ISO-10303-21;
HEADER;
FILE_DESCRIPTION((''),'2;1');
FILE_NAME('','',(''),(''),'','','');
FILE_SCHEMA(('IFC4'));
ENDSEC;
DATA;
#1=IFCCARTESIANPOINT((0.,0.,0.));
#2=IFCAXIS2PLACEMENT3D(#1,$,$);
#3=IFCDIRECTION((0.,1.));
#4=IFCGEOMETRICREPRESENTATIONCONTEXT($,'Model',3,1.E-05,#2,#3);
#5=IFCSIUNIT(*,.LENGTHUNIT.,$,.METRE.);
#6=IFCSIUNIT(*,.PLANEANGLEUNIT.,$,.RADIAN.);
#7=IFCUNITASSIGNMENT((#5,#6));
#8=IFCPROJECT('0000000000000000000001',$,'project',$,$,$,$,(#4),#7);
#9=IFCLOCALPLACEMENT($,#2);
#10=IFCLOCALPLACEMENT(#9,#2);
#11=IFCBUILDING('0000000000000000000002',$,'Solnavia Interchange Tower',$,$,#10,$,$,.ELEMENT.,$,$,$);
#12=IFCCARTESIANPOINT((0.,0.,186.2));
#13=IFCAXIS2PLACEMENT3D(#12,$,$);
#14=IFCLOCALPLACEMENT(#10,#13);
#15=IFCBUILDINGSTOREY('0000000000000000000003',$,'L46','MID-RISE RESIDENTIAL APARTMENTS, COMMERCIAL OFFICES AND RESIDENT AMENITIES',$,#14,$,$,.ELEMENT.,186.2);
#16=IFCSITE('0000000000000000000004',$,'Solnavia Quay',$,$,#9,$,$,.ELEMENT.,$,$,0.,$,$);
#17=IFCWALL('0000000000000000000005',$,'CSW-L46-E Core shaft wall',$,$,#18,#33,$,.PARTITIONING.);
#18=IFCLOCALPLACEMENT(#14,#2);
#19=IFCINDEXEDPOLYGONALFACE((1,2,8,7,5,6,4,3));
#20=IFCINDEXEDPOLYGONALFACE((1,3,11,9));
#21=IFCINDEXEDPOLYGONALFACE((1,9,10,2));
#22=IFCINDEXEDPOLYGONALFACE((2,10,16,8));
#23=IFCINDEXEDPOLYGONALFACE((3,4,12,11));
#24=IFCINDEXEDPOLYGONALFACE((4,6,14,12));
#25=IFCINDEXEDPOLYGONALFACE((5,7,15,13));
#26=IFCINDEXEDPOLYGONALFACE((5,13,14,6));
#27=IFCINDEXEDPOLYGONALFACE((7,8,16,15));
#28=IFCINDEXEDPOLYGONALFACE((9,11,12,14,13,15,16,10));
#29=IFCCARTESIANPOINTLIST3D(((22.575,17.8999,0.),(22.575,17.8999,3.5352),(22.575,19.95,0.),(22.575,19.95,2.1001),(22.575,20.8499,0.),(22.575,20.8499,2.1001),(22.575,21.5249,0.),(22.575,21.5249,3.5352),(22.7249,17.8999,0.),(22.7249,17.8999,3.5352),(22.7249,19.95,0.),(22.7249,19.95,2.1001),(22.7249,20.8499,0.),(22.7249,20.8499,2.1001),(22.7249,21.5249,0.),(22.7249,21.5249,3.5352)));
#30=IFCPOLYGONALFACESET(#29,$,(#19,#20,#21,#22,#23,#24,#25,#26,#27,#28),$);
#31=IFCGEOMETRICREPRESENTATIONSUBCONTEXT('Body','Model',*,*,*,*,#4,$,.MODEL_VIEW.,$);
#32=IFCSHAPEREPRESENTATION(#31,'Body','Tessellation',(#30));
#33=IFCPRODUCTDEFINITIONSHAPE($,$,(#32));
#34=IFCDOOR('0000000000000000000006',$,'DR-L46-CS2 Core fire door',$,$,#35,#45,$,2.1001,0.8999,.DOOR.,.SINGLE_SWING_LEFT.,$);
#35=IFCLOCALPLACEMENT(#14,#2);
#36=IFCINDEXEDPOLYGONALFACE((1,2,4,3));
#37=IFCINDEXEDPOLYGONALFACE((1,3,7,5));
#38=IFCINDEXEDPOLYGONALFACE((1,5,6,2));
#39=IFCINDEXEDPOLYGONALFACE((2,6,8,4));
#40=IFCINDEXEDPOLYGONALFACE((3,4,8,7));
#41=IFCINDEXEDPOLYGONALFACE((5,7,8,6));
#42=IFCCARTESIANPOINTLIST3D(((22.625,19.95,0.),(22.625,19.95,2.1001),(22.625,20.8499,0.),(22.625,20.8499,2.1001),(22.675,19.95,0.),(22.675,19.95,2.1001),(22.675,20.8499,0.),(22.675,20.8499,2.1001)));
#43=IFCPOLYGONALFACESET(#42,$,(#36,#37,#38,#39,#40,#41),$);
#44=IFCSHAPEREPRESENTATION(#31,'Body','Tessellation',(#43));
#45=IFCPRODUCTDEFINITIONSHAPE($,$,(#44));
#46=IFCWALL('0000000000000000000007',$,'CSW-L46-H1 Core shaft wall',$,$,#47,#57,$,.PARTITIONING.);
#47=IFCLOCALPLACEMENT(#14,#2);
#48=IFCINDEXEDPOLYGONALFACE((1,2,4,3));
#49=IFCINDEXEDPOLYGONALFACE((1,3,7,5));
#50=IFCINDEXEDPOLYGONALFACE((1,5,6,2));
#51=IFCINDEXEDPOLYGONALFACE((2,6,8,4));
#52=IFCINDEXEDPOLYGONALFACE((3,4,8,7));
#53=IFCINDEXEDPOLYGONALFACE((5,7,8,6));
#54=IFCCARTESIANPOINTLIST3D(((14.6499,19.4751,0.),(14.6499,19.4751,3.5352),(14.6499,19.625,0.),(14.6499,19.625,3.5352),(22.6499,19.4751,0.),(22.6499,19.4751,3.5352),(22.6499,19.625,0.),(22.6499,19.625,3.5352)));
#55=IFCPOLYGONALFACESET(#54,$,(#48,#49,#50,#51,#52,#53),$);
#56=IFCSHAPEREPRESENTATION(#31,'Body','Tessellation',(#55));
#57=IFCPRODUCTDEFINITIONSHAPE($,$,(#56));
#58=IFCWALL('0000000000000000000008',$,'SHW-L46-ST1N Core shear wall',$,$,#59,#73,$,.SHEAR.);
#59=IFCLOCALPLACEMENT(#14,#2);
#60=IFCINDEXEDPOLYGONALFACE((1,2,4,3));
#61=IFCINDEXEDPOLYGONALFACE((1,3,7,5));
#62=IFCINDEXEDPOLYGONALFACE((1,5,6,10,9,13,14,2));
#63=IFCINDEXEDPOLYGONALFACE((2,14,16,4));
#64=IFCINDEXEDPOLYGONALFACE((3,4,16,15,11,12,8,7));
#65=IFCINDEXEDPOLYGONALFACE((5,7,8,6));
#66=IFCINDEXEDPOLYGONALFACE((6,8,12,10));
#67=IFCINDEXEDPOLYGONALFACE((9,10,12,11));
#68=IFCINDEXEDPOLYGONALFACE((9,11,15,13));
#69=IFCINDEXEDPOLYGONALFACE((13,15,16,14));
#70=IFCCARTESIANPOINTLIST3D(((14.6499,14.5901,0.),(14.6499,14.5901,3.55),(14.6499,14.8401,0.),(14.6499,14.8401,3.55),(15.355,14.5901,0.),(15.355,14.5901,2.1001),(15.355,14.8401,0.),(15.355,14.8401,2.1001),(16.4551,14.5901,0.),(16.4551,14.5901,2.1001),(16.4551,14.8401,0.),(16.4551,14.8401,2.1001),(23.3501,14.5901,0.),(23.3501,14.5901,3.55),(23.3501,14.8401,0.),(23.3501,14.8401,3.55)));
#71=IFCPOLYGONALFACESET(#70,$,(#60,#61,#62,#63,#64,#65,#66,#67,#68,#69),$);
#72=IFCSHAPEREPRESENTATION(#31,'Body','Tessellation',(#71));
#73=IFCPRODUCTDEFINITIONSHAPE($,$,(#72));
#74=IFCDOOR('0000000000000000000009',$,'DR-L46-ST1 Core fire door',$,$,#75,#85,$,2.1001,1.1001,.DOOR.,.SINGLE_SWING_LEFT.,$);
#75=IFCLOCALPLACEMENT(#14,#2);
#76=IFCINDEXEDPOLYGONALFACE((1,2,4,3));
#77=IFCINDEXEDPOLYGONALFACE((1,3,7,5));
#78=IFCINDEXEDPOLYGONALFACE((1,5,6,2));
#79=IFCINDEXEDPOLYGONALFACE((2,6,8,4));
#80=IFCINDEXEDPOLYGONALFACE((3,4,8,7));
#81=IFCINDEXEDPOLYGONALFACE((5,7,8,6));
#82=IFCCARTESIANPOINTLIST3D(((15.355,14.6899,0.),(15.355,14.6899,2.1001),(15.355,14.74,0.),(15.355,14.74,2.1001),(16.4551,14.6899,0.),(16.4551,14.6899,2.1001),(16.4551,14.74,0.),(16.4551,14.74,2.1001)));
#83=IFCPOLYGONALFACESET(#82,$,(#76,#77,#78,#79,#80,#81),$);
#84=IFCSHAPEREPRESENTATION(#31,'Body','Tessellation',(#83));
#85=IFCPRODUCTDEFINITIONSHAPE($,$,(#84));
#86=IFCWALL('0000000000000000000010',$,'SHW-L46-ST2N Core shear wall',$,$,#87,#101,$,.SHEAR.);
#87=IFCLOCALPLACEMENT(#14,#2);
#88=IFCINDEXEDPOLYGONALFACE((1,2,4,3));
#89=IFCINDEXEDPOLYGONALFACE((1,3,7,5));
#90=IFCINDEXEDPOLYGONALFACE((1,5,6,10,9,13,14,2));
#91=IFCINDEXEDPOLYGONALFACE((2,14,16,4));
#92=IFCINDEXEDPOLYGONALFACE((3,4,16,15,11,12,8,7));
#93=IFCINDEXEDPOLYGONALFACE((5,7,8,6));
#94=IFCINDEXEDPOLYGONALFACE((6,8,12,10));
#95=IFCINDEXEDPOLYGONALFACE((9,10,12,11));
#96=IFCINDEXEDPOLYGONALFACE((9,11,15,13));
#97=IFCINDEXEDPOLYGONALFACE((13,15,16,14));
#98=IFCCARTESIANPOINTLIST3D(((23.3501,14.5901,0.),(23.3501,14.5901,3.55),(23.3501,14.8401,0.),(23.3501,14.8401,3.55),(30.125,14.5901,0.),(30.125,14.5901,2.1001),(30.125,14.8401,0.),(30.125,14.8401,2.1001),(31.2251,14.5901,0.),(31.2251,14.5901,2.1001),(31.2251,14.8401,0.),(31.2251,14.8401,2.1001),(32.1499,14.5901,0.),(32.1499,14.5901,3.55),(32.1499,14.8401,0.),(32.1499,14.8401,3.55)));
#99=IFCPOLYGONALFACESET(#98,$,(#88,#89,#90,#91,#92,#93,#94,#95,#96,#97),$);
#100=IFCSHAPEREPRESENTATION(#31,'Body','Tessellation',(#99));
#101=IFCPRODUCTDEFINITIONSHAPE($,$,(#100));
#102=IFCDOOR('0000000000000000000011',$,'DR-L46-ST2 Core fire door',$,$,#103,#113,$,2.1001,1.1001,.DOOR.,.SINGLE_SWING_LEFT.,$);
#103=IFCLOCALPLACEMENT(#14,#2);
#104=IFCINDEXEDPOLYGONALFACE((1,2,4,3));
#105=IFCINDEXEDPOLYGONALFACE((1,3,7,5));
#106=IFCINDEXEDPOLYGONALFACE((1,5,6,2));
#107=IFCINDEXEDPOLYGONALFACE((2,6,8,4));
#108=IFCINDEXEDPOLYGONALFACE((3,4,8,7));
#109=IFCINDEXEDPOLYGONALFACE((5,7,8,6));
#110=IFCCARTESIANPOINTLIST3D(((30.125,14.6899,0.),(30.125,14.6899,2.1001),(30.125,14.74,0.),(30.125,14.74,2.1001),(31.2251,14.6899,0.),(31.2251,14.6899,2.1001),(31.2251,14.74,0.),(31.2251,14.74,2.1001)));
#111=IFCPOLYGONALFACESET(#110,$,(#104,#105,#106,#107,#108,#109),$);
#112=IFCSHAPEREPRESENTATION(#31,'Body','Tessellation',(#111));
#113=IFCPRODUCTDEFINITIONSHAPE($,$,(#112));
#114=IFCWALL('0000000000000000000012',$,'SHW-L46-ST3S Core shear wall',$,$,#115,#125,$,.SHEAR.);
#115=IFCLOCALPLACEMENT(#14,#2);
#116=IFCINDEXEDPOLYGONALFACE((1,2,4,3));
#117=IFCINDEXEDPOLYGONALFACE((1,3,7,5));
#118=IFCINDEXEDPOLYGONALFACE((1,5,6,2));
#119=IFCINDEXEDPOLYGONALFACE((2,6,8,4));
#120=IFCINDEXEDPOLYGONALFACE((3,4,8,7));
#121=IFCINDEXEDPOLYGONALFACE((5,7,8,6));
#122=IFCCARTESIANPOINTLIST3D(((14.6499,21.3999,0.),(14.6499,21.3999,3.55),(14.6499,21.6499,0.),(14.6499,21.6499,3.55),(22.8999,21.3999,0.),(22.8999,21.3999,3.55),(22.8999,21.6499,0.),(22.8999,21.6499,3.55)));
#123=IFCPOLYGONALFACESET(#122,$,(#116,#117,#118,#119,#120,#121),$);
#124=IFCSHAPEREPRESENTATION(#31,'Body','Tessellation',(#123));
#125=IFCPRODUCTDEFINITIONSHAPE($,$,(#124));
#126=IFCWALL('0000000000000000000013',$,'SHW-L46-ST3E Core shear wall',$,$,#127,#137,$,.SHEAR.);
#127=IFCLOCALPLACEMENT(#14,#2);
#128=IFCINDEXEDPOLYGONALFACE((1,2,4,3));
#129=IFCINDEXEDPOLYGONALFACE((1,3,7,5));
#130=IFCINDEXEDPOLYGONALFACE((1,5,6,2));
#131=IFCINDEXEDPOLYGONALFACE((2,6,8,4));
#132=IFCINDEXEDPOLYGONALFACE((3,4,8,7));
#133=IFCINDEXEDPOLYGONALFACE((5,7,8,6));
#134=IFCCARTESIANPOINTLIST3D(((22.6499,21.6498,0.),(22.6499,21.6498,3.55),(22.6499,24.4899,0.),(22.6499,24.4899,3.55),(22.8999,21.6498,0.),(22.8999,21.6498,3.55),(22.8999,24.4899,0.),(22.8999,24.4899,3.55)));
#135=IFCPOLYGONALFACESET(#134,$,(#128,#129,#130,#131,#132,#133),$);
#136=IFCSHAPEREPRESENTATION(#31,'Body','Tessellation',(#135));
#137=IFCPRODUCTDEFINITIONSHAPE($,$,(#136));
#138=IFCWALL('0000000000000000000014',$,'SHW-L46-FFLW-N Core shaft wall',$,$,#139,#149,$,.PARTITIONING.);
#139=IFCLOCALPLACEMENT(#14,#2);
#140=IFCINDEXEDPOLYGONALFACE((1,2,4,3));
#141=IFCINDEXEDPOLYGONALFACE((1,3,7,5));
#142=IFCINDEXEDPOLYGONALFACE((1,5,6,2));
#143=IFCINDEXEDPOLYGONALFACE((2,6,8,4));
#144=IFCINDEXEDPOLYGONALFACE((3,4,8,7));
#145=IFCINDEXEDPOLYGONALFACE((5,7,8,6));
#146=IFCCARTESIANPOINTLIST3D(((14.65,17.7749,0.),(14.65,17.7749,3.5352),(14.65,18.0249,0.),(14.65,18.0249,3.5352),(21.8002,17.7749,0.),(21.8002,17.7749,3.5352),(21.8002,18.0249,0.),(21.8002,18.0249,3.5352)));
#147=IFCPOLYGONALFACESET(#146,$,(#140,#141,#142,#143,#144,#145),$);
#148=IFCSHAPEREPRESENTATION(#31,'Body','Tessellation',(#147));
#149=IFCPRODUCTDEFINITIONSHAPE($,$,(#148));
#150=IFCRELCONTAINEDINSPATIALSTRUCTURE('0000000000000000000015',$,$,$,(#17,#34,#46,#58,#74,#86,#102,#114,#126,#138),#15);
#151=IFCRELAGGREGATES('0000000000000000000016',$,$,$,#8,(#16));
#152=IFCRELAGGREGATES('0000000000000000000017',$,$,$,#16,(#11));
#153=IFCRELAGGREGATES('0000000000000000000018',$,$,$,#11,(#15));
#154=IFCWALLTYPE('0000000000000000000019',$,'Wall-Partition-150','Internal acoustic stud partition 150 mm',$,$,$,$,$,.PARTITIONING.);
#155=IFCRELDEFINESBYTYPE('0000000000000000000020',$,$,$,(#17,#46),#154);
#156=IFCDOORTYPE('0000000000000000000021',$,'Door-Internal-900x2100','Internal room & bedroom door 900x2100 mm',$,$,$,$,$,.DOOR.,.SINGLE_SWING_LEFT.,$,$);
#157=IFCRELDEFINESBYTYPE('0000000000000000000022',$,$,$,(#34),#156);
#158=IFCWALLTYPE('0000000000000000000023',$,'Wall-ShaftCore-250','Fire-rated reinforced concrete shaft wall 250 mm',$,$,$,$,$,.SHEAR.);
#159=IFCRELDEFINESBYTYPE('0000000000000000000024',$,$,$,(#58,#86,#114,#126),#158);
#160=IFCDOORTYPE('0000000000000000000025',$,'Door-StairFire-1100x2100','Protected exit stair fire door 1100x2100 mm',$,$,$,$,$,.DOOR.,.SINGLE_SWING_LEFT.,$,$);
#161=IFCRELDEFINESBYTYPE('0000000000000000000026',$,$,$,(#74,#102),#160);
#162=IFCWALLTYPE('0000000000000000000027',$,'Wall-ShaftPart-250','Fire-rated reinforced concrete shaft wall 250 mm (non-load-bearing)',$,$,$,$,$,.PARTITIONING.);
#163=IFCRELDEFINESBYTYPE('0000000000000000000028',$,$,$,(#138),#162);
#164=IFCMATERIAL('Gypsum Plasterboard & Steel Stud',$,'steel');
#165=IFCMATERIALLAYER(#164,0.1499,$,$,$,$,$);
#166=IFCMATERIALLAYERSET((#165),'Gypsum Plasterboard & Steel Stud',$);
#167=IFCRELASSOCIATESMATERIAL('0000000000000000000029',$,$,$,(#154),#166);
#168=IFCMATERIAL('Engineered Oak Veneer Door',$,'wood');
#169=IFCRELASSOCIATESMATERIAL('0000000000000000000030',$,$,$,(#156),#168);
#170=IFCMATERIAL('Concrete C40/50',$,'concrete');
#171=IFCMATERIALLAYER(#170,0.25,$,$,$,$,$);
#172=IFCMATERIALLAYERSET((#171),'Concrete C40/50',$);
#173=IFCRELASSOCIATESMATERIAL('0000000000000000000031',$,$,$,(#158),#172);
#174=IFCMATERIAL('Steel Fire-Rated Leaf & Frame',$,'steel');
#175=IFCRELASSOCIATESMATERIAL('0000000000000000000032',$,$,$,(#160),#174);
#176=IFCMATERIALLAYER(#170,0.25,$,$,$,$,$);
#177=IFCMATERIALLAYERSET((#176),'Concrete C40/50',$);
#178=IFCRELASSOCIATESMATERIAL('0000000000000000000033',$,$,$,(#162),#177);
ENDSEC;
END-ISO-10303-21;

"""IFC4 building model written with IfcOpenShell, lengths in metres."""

from ifc_helpers import new_model, si_unit, direction, frame, frame_2d, origin, place, context, subcontext, project, spatial, rectangle, extrude, material, layer, layer_set, type_object, element, fill, save


model = new_model("IFC4")

# Units and contexts
model_context = context("Model", 3, precision=1e-05, world=origin(), true_north=direction((0.0, 1.0)))
body_context = subcontext(model_context, "Body", "Model", "MODEL_VIEW")
ifc_project = project(units=[si_unit("LENGTHUNIT", "METRE"), si_unit("PLANEANGLEUNIT", "RADIAN")], contexts=[model_context])

# Site, building, storey
site_placement = place(None, origin())
site = spatial("IfcSite", under=ifc_project, at=site_placement, Name="Solnavia Quay", CompositionType="ELEMENT", RefElevation=0.0)
building_placement = place(site_placement, origin())
building = spatial("IfcBuilding", under=site, at=building_placement, Name="Solnavia Interchange Tower", CompositionType="ELEMENT")
storey_placement = place(building_placement, frame((0.0, 0.0, 186.2)))
storey = spatial("IfcBuildingStorey", under=building, at=storey_placement, Name="L46", Description="MID-RISE RESIDENTIAL APARTMENTS, COMMERCIAL OFFICES AND RESIDENT AMENITIES", CompositionType="ELEMENT", Elevation=186.2)

# Wall, opening, door
ifc_material_1 = material(Name="Gypsum Plasterboard & Steel Stud", Category="steel")
ifc_layer_1 = layer(ifc_material_1, 0.1499)
ifc_layer_set_1 = layer_set([ifc_layer_1], Name="Gypsum Plasterboard & Steel Stud")
wall_type_1 = type_object("IfcWallType", Name="Wall-Partition-150", Description="Internal acoustic stud partition 150 mm", PredefinedType="PARTITIONING", material=ifc_layer_set_1)
wall_1_placement = place(storey_placement, frame((22.6499, 17.8999, 0.0), z_axis=(0.0, 0.0, 1.0), x_axis=(0.0, 1.0, 0.0)))
wall_1 = element("IfcWall", 1, at=wall_1_placement, inside=storey, type_object=wall_type_1, Name="CSW-L46-E Core shaft wall", PredefinedType="PARTITIONING", context=body_context, shape_type="SweptSolid", body=[
    extrude(rectangle(XDim=3.625, YDim=0.1499, at=frame_2d((1.8125, 0.0))), origin(), (0.0, 0.0, 1.0), 3.5352),
])
opening_1_placement = place(wall_1_placement, frame((2.05, 0.0, 0.0)))
opening_1 = element("IfcOpeningElement", 2, at=opening_1_placement, cuts=wall_1, PredefinedType="OPENING", context=body_context, shape_type="SweptSolid", body=[
    extrude(rectangle(XDim=0.8999, YDim=2.1001, at=frame_2d((0.45, 1.05))), frame((0.0, 0.085, 0.0), z_axis=(0.0, -1.0, 0.0), x_axis=(1.0, 0.0, 0.0)), (0.0, 0.0, 1.0), 0.1699),
])
ifc_material_2 = material(Name="Engineered Oak Veneer Door", Category="wood")
door_type_1 = type_object("IfcDoorType", Name="Door-Internal-900x2100", Description="Internal room & bedroom door 900x2100 mm", OperationType="SINGLE_SWING_LEFT", PredefinedType="DOOR", material=ifc_material_2)
door_1_placement = place(opening_1_placement, origin())
door_1 = element("IfcDoor", 3, at=door_1_placement, inside=storey, type_object=door_type_1, Name="DR-L46-CS2 Core fire door", OperationType="SINGLE_SWING_LEFT", OverallHeight=2.1001, OverallWidth=0.8999, PredefinedType="DOOR", context=body_context, shape_type="SweptSolid", body=[
    extrude(rectangle(XDim=0.8999, YDim=2.1001, at=frame_2d((0.45, 1.05))), frame((0.0, 0.0249, 0.0), z_axis=(0.0, -1.0, 0.0), x_axis=(1.0, 0.0, 0.0)), (0.0, 0.0, 1.0), 0.05),
])
fill(opening_1, door_1)

# Wall
wall_2_placement = place(storey_placement, frame((14.6499, 19.55, 0.0), z_axis=(0.0, 0.0, 1.0), x_axis=(1.0, 0.0, 0.0)))
element("IfcWall", 4, at=wall_2_placement, inside=storey, type_object=wall_type_1, Name="CSW-L46-H1 Core shaft wall", PredefinedType="PARTITIONING", context=body_context, shape_type="SweptSolid", body=[
    extrude(rectangle(XDim=8.0, YDim=0.1499, at=frame_2d((4.0, 0.0))), origin(), (0.0, 0.0, 1.0), 3.5352),
])

# Walls, openings, doors
ifc_material_3 = material(Name="Concrete C40/50", Category="concrete")
ifc_layer_2 = layer(ifc_material_3, 0.25)
ifc_layer_set_2 = layer_set([ifc_layer_2], Name="Concrete C40/50")
wall_type_2 = type_object("IfcWallType", Name="Wall-ShaftCore-250", Description="Fire-rated reinforced concrete shaft wall 250 mm", PredefinedType="SHEAR", material=ifc_layer_set_2)
wall_3_placement = place(storey_placement, frame((14.6499, 14.7151, 0.0), z_axis=(0.0, 0.0, 1.0), x_axis=(1.0, 0.0, 0.0)))
wall_3 = element("IfcWall", 5, at=wall_3_placement, inside=storey, type_object=wall_type_2, Name="SHW-L46-ST1N Core shear wall", PredefinedType="SHEAR", context=body_context, shape_type="SweptSolid", body=[
    extrude(rectangle(XDim=8.7002, YDim=0.25, at=frame_2d((4.3501, 0.0))), origin(), (0.0, 0.0, 1.0), 3.55),
])
opening_2_placement = place(wall_3_placement, frame((0.7051, 0.0, 0.0)))
opening_2 = element("IfcOpeningElement", 6, at=opening_2_placement, cuts=wall_3, PredefinedType="OPENING", context=body_context, shape_type="SweptSolid", body=[
    extrude(rectangle(XDim=1.1001, YDim=2.1001, at=frame_2d((0.55, 1.05))), frame((0.0, 0.135, 0.0), z_axis=(0.0, -1.0, 0.0), x_axis=(1.0, 0.0, 0.0)), (0.0, 0.0, 1.0), 0.27),
])
ifc_material_4 = material(Name="Steel Fire-Rated Leaf & Frame", Category="steel")
door_type_2 = type_object("IfcDoorType", Name="Door-StairFire-1100x2100", Description="Protected exit stair fire door 1100x2100 mm", OperationType="SINGLE_SWING_LEFT", PredefinedType="DOOR", material=ifc_material_4)
door_2_placement = place(opening_2_placement, origin())
door_2 = element("IfcDoor", 7, at=door_2_placement, inside=storey, type_object=door_type_2, Name="DR-L46-ST1 Core fire door", OperationType="SINGLE_SWING_LEFT", OverallHeight=2.1001, OverallWidth=1.1001, PredefinedType="DOOR", context=body_context, shape_type="SweptSolid", body=[
    extrude(rectangle(XDim=1.1001, YDim=2.1001, at=frame_2d((0.55, 1.05))), frame((0.0, 0.0249, 0.0), z_axis=(0.0, -1.0, 0.0), x_axis=(1.0, 0.0, 0.0)), (0.0, 0.0, 1.0), 0.05),
])
fill(opening_2, door_2)
wall_4_placement = place(storey_placement, frame((23.3501, 14.7151, 0.0), z_axis=(0.0, 0.0, 1.0), x_axis=(1.0, 0.0, 0.0)))
wall_4 = element("IfcWall", 8, at=wall_4_placement, inside=storey, type_object=wall_type_2, Name="SHW-L46-ST2N Core shear wall", PredefinedType="SHEAR", context=body_context, shape_type="SweptSolid", body=[
    extrude(rectangle(XDim=8.7998, YDim=0.25, at=frame_2d((4.3999, 0.0))), origin(), (0.0, 0.0, 1.0), 3.55),
])
opening_3_placement = place(wall_4_placement, frame((6.7749, 0.0, 0.0)))
opening_3 = element("IfcOpeningElement", 9, at=opening_3_placement, cuts=wall_4, PredefinedType="OPENING", context=body_context, shape_type="SweptSolid", body=[
    extrude(rectangle(XDim=1.1001, YDim=2.1001, at=frame_2d((0.55, 1.05))), frame((0.0, 0.135, 0.0), z_axis=(0.0, -1.0, 0.0), x_axis=(1.0, 0.0, 0.0)), (0.0, 0.0, 1.0), 0.27),
])
door_3_placement = place(opening_3_placement, origin())
door_3 = element("IfcDoor", 10, at=door_3_placement, inside=storey, type_object=door_type_2, Name="DR-L46-ST2 Core fire door", OperationType="SINGLE_SWING_LEFT", OverallHeight=2.1001, OverallWidth=1.1001, PredefinedType="DOOR", context=body_context, shape_type="SweptSolid", body=[
    extrude(rectangle(XDim=1.1001, YDim=2.1001, at=frame_2d((0.55, 1.05))), frame((0.0, 0.0249, 0.0), z_axis=(0.0, -1.0, 0.0), x_axis=(1.0, 0.0, 0.0)), (0.0, 0.0, 1.0), 0.05),
])
fill(opening_3, door_3)

# Walls
wall_5_placement = place(storey_placement, frame((14.6499, 21.5249, 0.0), z_axis=(0.0, 0.0, 1.0), x_axis=(1.0, 0.0, 0.0)))
element("IfcWall", 11, at=wall_5_placement, inside=storey, type_object=wall_type_2, Name="SHW-L46-ST3S Core shear wall", PredefinedType="SHEAR", context=body_context, shape_type="SweptSolid", body=[
    extrude(rectangle(XDim=8.25, YDim=0.25, at=frame_2d((4.125, 0.0))), origin(), (0.0, 0.0, 1.0), 3.55),
])
wall_6_placement = place(storey_placement, frame((22.7749, 21.6499, 0.0), z_axis=(0.0, 0.0, 1.0), x_axis=(0.0, 1.0, 0.0)))
element("IfcWall", 12, at=wall_6_placement, inside=storey, type_object=wall_type_2, Name="SHW-L46-ST3E Core shear wall", PredefinedType="SHEAR", context=body_context, shape_type="SweptSolid", body=[
    extrude(rectangle(XDim=2.8401, YDim=0.25, at=frame_2d((1.4199, 0.0))), origin(), (0.0, 0.0, 1.0), 3.55),
])
ifc_layer_3 = layer(ifc_material_3, 0.25)
ifc_layer_set_3 = layer_set([ifc_layer_3], Name="Concrete C40/50")
wall_type_3 = type_object("IfcWallType", Name="Wall-ShaftPart-250", Description="Fire-rated reinforced concrete shaft wall 250 mm (non-load-bearing)", PredefinedType="PARTITIONING", material=ifc_layer_set_3)
wall_7_placement = place(storey_placement, frame((14.6499, 17.8999, 0.0), z_axis=(0.0, 0.0, 1.0), x_axis=(1.0, 0.0, 0.0)))
element("IfcWall", 13, at=wall_7_placement, inside=storey, type_object=wall_type_3, Name="SHW-L46-FFLW-N Core shaft wall", PredefinedType="PARTITIONING", context=body_context, shape_type="SweptSolid", body=[
    extrude(rectangle(XDim=7.1501, YDim=0.25, at=frame_2d((3.5752, 0.0))), origin(), (0.0, 0.0, 1.0), 3.5352),
])

save(model, "model.ifc")
